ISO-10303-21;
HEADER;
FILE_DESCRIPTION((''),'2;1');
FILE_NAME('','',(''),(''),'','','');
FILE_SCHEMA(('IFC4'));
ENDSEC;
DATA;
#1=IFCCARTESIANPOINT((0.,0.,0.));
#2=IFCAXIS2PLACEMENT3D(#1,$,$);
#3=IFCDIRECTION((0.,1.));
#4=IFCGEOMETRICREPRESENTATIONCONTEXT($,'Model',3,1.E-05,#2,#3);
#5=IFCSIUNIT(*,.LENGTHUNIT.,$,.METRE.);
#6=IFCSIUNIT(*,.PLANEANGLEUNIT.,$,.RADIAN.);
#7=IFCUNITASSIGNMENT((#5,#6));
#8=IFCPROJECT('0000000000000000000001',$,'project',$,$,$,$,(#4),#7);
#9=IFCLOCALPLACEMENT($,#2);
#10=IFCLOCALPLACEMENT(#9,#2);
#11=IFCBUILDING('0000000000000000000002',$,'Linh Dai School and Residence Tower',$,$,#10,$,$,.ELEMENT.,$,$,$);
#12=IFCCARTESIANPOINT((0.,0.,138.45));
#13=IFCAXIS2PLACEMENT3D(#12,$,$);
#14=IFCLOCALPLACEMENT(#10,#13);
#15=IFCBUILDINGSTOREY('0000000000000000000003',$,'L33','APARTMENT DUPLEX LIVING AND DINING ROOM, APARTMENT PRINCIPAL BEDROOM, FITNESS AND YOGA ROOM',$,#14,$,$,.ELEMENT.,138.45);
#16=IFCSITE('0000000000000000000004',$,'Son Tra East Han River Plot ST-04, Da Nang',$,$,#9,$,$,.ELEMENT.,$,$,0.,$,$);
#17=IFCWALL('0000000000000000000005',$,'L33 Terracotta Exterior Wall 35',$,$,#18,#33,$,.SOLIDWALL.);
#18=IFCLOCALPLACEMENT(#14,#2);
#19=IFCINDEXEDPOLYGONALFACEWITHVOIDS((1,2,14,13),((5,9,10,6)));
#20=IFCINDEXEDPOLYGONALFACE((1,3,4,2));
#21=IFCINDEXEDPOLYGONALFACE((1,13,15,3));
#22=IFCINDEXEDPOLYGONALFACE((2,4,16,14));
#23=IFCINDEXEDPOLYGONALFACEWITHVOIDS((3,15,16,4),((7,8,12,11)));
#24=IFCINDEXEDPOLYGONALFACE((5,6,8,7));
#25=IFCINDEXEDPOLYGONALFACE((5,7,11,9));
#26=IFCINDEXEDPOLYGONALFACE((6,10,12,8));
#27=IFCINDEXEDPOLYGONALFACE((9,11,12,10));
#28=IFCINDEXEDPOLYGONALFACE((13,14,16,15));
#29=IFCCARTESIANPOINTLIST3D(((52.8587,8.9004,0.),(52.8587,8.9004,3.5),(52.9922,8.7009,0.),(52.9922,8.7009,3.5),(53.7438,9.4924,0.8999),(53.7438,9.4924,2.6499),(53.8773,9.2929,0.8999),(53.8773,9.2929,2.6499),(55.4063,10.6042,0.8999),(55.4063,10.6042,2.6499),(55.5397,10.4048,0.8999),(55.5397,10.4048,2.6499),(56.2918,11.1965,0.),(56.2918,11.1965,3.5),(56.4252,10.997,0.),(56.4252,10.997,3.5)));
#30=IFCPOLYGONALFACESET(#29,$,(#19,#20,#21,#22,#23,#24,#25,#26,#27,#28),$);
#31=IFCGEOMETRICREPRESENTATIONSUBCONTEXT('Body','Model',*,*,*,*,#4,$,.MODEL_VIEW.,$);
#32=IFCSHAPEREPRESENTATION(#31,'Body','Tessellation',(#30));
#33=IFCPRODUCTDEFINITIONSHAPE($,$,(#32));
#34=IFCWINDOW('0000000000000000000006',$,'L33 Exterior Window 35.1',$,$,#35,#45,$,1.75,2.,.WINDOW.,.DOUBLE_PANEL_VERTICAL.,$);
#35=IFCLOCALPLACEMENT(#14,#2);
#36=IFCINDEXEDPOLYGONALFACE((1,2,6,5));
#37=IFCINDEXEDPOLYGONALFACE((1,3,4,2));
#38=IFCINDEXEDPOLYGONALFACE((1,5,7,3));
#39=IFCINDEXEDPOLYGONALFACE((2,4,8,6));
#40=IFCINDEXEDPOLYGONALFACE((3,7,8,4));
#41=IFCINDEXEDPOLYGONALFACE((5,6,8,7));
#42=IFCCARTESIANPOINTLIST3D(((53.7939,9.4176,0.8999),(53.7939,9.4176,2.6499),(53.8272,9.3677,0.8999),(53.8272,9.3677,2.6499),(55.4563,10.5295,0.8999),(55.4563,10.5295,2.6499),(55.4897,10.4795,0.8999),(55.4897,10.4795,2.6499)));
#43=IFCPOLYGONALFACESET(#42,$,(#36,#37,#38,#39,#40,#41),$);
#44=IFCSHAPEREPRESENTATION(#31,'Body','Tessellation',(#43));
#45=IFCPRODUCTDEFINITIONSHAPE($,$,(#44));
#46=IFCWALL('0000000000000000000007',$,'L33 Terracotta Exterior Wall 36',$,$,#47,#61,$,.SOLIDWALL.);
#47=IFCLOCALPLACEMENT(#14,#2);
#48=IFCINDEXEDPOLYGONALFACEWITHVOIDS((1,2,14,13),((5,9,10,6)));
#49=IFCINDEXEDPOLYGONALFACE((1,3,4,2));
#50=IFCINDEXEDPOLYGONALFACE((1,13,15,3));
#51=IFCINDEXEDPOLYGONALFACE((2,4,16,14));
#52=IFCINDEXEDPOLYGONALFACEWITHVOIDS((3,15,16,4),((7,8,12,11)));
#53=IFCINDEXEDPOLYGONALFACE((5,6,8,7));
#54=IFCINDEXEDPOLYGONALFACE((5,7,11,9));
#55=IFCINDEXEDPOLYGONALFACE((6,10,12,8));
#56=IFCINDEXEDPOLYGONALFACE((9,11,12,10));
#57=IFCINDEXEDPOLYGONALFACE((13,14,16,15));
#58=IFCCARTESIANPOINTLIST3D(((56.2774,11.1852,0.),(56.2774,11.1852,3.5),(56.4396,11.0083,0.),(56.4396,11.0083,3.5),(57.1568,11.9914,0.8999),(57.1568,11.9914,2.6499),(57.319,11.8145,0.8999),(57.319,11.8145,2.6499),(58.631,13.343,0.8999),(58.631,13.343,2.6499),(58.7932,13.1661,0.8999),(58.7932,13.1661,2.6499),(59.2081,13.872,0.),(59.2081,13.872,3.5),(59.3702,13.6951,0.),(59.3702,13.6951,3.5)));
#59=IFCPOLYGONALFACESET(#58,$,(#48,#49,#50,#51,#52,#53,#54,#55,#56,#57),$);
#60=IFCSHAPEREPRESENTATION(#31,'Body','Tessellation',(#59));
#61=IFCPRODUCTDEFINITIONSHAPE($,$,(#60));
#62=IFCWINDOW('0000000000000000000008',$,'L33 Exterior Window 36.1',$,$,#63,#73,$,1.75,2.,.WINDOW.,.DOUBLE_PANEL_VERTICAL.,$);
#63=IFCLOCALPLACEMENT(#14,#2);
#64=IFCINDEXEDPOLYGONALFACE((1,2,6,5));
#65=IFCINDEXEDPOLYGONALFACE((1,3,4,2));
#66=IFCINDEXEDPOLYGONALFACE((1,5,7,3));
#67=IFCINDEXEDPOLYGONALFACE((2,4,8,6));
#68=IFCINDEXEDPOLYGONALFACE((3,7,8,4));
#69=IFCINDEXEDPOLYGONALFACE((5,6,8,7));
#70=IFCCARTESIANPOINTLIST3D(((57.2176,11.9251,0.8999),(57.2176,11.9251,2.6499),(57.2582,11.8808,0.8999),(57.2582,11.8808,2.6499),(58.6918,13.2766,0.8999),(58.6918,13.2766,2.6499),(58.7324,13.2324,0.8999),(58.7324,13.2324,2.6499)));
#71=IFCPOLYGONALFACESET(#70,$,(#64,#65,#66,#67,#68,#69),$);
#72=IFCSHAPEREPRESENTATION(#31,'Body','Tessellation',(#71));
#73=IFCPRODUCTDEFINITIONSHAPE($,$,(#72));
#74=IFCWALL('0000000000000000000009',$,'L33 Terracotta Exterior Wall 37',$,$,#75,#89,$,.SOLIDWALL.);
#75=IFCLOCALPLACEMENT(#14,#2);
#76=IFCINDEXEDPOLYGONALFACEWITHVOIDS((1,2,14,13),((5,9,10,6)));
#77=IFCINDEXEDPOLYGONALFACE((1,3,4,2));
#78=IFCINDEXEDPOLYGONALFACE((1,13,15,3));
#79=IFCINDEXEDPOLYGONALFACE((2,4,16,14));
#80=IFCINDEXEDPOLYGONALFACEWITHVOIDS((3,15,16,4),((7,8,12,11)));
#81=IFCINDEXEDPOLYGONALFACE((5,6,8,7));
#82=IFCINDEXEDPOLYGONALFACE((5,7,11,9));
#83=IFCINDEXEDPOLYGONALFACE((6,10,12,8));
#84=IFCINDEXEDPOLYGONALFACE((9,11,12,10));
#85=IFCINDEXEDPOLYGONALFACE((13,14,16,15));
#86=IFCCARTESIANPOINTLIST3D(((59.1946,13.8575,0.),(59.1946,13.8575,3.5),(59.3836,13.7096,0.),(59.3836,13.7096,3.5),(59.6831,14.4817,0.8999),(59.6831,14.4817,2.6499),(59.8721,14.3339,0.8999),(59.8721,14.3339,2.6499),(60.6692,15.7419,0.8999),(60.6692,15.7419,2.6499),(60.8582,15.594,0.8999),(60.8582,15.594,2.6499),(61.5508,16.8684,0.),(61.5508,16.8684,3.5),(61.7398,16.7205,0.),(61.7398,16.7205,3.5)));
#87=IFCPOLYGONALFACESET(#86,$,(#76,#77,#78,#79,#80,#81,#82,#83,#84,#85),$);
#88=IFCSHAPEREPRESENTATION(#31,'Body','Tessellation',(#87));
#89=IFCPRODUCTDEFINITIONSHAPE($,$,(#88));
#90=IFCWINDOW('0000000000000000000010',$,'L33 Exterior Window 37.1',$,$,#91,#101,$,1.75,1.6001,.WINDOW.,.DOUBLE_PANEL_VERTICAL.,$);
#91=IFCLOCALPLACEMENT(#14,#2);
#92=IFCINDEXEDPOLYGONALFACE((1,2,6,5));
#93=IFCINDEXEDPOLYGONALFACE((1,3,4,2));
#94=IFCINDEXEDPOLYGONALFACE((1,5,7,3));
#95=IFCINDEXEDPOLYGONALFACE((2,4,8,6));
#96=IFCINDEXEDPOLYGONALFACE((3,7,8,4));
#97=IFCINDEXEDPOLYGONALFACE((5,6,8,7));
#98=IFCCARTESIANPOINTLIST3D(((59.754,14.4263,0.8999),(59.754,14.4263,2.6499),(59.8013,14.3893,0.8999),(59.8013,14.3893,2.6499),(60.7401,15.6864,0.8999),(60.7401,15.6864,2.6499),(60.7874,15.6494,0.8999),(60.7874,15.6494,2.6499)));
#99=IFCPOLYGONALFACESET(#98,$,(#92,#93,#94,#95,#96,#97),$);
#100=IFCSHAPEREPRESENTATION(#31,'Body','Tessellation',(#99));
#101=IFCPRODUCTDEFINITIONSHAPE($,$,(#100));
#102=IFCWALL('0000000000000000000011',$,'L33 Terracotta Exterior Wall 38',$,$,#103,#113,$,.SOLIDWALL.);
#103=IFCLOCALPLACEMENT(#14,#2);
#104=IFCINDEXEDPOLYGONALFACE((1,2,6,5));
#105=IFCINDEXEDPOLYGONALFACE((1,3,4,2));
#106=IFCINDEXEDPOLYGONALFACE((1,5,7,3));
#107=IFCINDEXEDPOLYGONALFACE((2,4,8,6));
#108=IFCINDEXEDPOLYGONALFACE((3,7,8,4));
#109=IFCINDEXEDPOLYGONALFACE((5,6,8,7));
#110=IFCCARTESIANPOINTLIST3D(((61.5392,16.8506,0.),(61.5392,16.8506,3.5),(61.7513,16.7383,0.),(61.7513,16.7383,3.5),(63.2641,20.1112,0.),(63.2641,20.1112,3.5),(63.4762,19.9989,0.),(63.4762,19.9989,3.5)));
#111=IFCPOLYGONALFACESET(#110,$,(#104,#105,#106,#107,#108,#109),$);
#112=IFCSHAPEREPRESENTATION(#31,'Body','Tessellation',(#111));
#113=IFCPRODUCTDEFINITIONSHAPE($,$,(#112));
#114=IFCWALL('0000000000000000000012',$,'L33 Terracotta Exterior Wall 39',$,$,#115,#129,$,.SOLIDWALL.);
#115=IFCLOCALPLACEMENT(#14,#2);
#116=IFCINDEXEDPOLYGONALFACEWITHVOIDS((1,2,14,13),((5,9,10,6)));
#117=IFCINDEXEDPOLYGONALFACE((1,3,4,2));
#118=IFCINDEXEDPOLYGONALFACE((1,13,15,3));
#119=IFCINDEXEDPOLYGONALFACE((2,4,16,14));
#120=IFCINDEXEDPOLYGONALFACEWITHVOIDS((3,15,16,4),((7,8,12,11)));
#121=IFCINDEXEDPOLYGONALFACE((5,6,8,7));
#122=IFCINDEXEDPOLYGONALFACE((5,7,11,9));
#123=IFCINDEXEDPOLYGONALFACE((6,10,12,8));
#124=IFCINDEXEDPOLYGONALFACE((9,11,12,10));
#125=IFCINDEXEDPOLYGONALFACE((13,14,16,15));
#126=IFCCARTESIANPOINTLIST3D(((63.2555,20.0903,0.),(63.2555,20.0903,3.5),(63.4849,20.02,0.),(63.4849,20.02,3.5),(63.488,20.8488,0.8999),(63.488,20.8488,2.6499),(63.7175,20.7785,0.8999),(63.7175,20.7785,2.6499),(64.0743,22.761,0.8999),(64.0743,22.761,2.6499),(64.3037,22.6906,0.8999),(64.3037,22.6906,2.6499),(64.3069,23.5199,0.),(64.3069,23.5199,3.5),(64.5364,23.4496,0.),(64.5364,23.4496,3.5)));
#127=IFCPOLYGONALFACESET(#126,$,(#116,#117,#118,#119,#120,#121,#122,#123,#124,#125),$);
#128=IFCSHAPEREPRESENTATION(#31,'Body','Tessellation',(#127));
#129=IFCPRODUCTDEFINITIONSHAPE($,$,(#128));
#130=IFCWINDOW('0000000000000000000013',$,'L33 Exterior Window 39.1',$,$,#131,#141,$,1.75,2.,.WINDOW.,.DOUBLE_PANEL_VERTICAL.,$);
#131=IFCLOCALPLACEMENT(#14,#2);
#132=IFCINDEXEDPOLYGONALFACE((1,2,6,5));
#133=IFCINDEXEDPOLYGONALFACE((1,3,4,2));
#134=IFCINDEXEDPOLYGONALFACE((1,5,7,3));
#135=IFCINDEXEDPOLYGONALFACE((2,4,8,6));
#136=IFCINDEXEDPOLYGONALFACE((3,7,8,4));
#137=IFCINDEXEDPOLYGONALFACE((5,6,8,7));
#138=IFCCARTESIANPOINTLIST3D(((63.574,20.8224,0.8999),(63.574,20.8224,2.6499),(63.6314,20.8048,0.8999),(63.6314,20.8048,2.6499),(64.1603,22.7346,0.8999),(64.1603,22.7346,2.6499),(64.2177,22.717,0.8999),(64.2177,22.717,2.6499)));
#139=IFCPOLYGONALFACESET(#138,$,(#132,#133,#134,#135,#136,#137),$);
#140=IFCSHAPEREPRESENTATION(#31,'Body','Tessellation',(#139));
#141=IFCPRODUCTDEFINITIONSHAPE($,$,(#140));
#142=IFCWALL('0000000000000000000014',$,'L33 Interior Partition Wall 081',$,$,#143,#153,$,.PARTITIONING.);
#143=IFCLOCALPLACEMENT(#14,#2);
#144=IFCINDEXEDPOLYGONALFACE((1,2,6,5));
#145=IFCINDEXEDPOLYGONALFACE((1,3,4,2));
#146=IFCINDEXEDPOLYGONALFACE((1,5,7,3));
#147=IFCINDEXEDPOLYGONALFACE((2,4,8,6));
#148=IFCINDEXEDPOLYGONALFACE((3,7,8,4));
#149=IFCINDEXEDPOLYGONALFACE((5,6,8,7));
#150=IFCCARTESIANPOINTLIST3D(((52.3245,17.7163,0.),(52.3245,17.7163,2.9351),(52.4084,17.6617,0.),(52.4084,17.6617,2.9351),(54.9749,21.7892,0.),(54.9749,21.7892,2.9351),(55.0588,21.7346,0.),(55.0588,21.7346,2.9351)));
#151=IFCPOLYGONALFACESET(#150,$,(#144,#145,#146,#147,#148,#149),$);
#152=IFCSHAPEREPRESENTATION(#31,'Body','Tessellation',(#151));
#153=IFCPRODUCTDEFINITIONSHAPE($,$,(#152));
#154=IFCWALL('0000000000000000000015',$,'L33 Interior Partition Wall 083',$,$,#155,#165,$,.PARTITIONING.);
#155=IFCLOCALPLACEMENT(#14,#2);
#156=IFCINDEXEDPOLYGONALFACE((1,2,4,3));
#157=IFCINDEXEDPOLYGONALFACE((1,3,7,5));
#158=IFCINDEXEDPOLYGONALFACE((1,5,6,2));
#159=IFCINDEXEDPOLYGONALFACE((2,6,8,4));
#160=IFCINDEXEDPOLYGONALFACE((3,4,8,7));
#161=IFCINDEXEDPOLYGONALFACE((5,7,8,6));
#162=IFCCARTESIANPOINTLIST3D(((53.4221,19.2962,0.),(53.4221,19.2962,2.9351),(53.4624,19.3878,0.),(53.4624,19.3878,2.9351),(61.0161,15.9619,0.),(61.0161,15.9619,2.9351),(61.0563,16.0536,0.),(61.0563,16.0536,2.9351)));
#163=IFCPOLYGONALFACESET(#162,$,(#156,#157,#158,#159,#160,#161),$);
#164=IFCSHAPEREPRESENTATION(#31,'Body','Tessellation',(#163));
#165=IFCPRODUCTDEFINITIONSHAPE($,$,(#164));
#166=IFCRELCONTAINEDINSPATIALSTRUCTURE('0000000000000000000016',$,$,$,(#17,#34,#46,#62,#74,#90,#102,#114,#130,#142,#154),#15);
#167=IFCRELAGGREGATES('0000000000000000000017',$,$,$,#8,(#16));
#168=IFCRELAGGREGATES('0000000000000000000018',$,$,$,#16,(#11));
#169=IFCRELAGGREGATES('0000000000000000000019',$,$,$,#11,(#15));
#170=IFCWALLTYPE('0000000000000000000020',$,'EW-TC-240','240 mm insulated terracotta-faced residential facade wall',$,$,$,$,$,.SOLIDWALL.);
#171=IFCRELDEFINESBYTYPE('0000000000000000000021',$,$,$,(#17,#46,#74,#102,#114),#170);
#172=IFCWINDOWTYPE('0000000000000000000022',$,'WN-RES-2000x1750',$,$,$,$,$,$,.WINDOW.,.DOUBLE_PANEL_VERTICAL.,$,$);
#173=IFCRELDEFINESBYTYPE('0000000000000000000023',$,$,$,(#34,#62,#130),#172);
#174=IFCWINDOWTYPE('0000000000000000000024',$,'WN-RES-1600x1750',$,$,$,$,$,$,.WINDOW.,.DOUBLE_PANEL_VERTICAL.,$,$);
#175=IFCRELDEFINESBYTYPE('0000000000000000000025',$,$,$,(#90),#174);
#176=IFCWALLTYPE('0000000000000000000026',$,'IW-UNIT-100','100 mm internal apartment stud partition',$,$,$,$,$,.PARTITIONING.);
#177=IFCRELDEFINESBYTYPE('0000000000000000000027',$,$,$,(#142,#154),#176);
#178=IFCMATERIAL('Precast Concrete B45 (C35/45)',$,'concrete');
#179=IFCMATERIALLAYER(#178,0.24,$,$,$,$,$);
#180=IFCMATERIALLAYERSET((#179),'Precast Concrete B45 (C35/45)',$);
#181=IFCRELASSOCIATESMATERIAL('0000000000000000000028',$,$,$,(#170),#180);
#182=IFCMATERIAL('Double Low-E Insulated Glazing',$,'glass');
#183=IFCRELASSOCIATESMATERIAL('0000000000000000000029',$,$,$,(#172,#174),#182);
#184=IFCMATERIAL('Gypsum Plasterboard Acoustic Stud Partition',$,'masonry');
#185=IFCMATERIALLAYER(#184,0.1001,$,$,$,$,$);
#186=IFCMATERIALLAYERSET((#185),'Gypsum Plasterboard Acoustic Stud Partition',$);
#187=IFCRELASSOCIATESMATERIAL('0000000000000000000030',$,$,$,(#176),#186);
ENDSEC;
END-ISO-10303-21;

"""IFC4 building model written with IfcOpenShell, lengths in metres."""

from ifc_helpers import new_model, si_unit, direction, frame, frame_2d, origin, origin_2d, place, context, subcontext, project, spatial, rectangle, extrude, source, transform, mapped, material, layer, layer_set, type_object, element, fill, save


model = new_model("IFC4")

# Units and contexts
model_context = context("Model", 3, precision=1e-05, world=origin(), true_north=direction((0.0, 1.0)))
body_context = subcontext(model_context, "Body", "Model", "MODEL_VIEW")
ifc_project = project(units=[si_unit("LENGTHUNIT", "METRE"), si_unit("PLANEANGLEUNIT", "RADIAN")], contexts=[model_context])

# Site, building, storey
site_placement = place(None, origin())
site = spatial("IfcSite", under=ifc_project, at=site_placement, Name="Son Tra East Han River Plot ST-04, Da Nang", CompositionType="ELEMENT", RefElevation=0.0)
building_placement = place(site_placement, origin())
building = spatial("IfcBuilding", under=site, at=building_placement, Name="Linh Dai School and Residence Tower", CompositionType="ELEMENT")
storey_placement = place(building_placement, frame((0.0, 0.0, 138.45)))
storey = spatial("IfcBuildingStorey", under=building, at=storey_placement, Name="L33", Description="APARTMENT DUPLEX LIVING AND DINING ROOM, APARTMENT PRINCIPAL BEDROOM, FITNESS AND YOGA ROOM", CompositionType="ELEMENT", Elevation=138.45)

# Shared definitions
ifc_material_1 = material(Name="Precast Concrete B45 (C35/45)", Category="concrete")

# Walls, openings, windows
ifc_layer_1 = layer(ifc_material_1, 0.24)
ifc_layer_set_1 = layer_set([ifc_layer_1], Name="Precast Concrete B45 (C35/45)")
wall_type_1 = type_object("IfcWallType", Name="EW-TC-240", Description="240 mm insulated terracotta-faced residential facade wall", PredefinedType="SOLIDWALL", material=ifc_layer_set_1)
ifc_material_2 = material(Name="Double Low-E Insulated Glazing", Category="glass")
window_type_1 = type_object("IfcWindowType", Name="WN-RES-2000x1750", PartitioningType="DOUBLE_PANEL_VERTICAL", PredefinedType="WINDOW", material=ifc_material_2)
shared_shape_1 = source(origin(), body_context, "Body", "SweptSolid", [
    extrude(rectangle(XDim=2.0, YDim=1.75, at=origin_2d()), frame((1.0, 0.03, 0.875), z_axis=(0.0, -1.0, 0.0), x_axis=(1.0, 0.0, 0.0)), (0.0, 0.0, 1.0), 0.0601),
])
wall_1_placement = place(storey_placement, frame((56.3584, 11.0967, 0.0), z_axis=(0.0, 0.0, 1.0), x_axis=(-0.831222, -0.555941, 0.0)))
wall_1 = element("IfcWall", 1, at=wall_1_placement, inside=storey, type_object=wall_type_1, Name="L33 Terracotta Exterior Wall 35", PredefinedType="SOLIDWALL", context=body_context, shape_type="SweptSolid", body=[
    extrude(rectangle(XDim=4.1301, YDim=0.24, at=frame_2d((2.0649, 0.0))), origin(), (0.0, 0.0, 1.0), 3.5),
])
opening_1_placement = place(wall_1_placement, frame((1.0652, 0.0, 0.8999)))
opening_1 = element("IfcOpeningElement", 2, at=opening_1_placement, cuts=wall_1, PredefinedType="OPENING", context=body_context, shape_type="SweptSolid", body=[
    extrude(rectangle(XDim=2.0, YDim=1.75, at=origin_2d()), frame((1.0, 0.1299, 0.875), z_axis=(0.0, -1.0, 0.0), x_axis=(1.0, 0.0, 0.0)), (0.0, 0.0, 1.0), 0.26),
])
window_1_placement = place(opening_1_placement, origin())
window_1 = element("IfcWindow", 3, at=window_1_placement, inside=storey, type_object=window_type_1, Name="L33 Exterior Window 35.1", OverallHeight=1.75, OverallWidth=2.0, PartitioningType="DOUBLE_PANEL_VERTICAL", PredefinedType="WINDOW", context=body_context, shape_type="MappedRepresentation", body=[
    mapped(shared_shape_1, transform((0.0, 0.0, 0.0), x_axis=(1.0, 0.0, 0.0), y_axis=(0.0, 1.0, 0.0), z_axis=(0.0, 0.0, 1.0), scale=1.0)),
])
fill(opening_1, window_1)
wall_2_placement = place(storey_placement, frame((59.2891, 13.7834, 0.0), z_axis=(0.0, 0.0, 1.0), x_axis=(-0.737113, -0.675769, 0.0)))
wall_2 = element("IfcWall", 4, at=wall_2_placement, inside=storey, type_object=wall_type_1, Name="L33 Terracotta Exterior Wall 36", PredefinedType="SOLIDWALL", context=body_context, shape_type="SweptSolid", body=[
    extrude(rectangle(XDim=3.9758, YDim=0.24, at=frame_2d((1.9878, 0.0))), origin(), (0.0, 0.0, 1.0), 3.5),
])
opening_2_placement = place(wall_2_placement, frame((0.7827, 0.0, 0.8999)))
opening_2 = element("IfcOpeningElement", 5, at=opening_2_placement, cuts=wall_2, PredefinedType="OPENING", context=body_context, shape_type="SweptSolid", body=[
    extrude(rectangle(XDim=2.0, YDim=1.75, at=origin_2d()), frame((1.0, 0.1299, 0.875), z_axis=(0.0, -1.0, 0.0), x_axis=(1.0, 0.0, 0.0)), (0.0, 0.0, 1.0), 0.26),
])
window_2_placement = place(opening_2_placement, origin())
window_2 = element("IfcWindow", 6, at=window_2_placement, inside=storey, type_object=window_type_1, Name="L33 Exterior Window 36.1", OverallHeight=1.75, OverallWidth=2.0, PartitioningType="DOUBLE_PANEL_VERTICAL", PredefinedType="WINDOW", context=body_context, shape_type="MappedRepresentation", body=[
    mapped(shared_shape_1, transform((0.0, 0.0, 0.0), x_axis=(1.0, 0.0, 0.0), y_axis=(0.0, 1.0, 0.0), z_axis=(0.0, 0.0, 1.0), scale=1.0)),
])
fill(opening_2, window_2)
wall_3_placement = place(storey_placement, frame((61.6453, 16.7944, 0.0), z_axis=(0.0, 0.0, 1.0), x_axis=(-0.616272, -0.787533, 0.0)))
wall_3 = element("IfcWall", 7, at=wall_3_placement, inside=storey, type_object=wall_type_1, Name="L33 Terracotta Exterior Wall 37", PredefinedType="SOLIDWALL", context=body_context, shape_type="SweptSolid", body=[
    extrude(rectangle(XDim=3.8232, YDim=0.24, at=frame_2d((1.9116, 0.0))), origin(), (0.0, 0.0, 1.0), 3.5),
])
opening_3_placement = place(wall_3_placement, frame((1.4304, 0.0, 0.8999)))
opening_3 = element("IfcOpeningElement", 8, at=opening_3_placement, cuts=wall_3, PredefinedType="OPENING", context=body_context, shape_type="SweptSolid", body=[
    extrude(rectangle(XDim=1.6001, YDim=1.75, at=origin_2d()), frame((0.8, 0.1299, 0.875), z_axis=(0.0, -1.0, 0.0), x_axis=(1.0, 0.0, 0.0)), (0.0, 0.0, 1.0), 0.26),
])
window_type_2 = type_object("IfcWindowType", Name="WN-RES-1600x1750", PartitioningType="DOUBLE_PANEL_VERTICAL", PredefinedType="WINDOW", material=ifc_material_2)
shared_shape_2 = source(origin(), body_context, "Body", "SweptSolid", [
    extrude(rectangle(XDim=1.6001, YDim=1.75, at=origin_2d()), frame((0.8, 0.03, 0.875), z_axis=(0.0, -1.0, 0.0), x_axis=(1.0, 0.0, 0.0)), (0.0, 0.0, 1.0), 0.0601),
])
window_3_placement = place(opening_3_placement, origin())
window_3 = element("IfcWindow", 9, at=window_3_placement, inside=storey, type_object=window_type_2, Name="L33 Exterior Window 37.1", OverallHeight=1.75, OverallWidth=1.6001, PartitioningType="DOUBLE_PANEL_VERTICAL", PredefinedType="WINDOW", context=body_context, shape_type="MappedRepresentation", body=[
    mapped(shared_shape_2, transform((0.0, 0.0, 0.0), x_axis=(1.0, 0.0, 0.0), y_axis=(0.0, 1.0, 0.0), z_axis=(0.0, 0.0, 1.0), scale=1.0)),
])
fill(opening_3, window_3)

# Wall
wall_4_placement = place(storey_placement, frame((63.3701, 20.0549, 0.0), z_axis=(0.0, 0.0, 1.0), x_axis=(-0.467614, -0.883933, 0.0)))
element("IfcWall", 10, at=wall_4_placement, inside=storey, type_object=wall_type_1, Name="L33 Terracotta Exterior Wall 38", PredefinedType="SOLIDWALL", context=body_context, shape_type="SweptSolid", body=[
    extrude(rectangle(XDim=3.6887, YDim=0.24, at=frame_2d((1.8442, 0.0))), origin(), (0.0, 0.0, 1.0), 3.5),
])

# Wall, opening, window
wall_5_placement = place(storey_placement, frame((64.4216, 23.4846, 0.0), z_axis=(0.0, 0.0, 1.0), x_axis=(-0.293124, -0.956074, 0.0)))
wall_5 = element("IfcWall", 11, at=wall_5_placement, inside=storey, type_object=wall_type_1, Name="L33 Terracotta Exterior Wall 39", PredefinedType="SOLIDWALL", context=body_context, shape_type="SweptSolid", body=[
    extrude(rectangle(XDim=3.5872, YDim=0.24, at=frame_2d((1.7935, 0.0))), origin(), (0.0, 0.0, 1.0), 3.5),
])
opening_4_placement = place(wall_5_placement, frame((0.7937, 0.0, 0.8999)))
opening_4 = element("IfcOpeningElement", 12, at=opening_4_placement, cuts=wall_5, PredefinedType="OPENING", context=body_context, shape_type="SweptSolid", body=[
    extrude(rectangle(XDim=2.0, YDim=1.75, at=origin_2d()), frame((1.0, 0.1299, 0.875), z_axis=(0.0, -1.0, 0.0), x_axis=(1.0, 0.0, 0.0)), (0.0, 0.0, 1.0), 0.26),
])
window_4_placement = place(opening_4_placement, origin())
window_4 = element("IfcWindow", 13, at=window_4_placement, inside=storey, type_object=window_type_1, Name="L33 Exterior Window 39.1", OverallHeight=1.75, OverallWidth=2.0, PartitioningType="DOUBLE_PANEL_VERTICAL", PredefinedType="WINDOW", context=body_context, shape_type="MappedRepresentation", body=[
    mapped(shared_shape_1, transform((0.0, 0.0, 0.0), x_axis=(1.0, 0.0, 0.0), y_axis=(0.0, 1.0, 0.0), z_axis=(0.0, 0.0, 1.0), scale=1.0)),
])
fill(opening_4, window_4)

# Walls
ifc_material_3 = material(Name="Gypsum Plasterboard Acoustic Stud Partition", Category="masonry")
ifc_layer_2 = layer(ifc_material_3, 0.1001)
ifc_layer_set_2 = layer_set([ifc_layer_2], Name="Gypsum Plasterboard Acoustic Stud Partition")
wall_type_2 = type_object("IfcWallType", Name="IW-UNIT-100", Description="100 mm internal apartment stud partition", PredefinedType="PARTITIONING", material=ifc_layer_set_2)
wall_6_placement = place(storey_placement, frame((52.3665, 17.689, 0.0), z_axis=(0.0, 0.0, 1.0), x_axis=(0.545414, 0.838167, 0.0)))
element("IfcWall", 14, at=wall_6_placement, inside=storey, type_object=wall_type_2, Name="L33 Interior Partition Wall 081", PredefinedType="PARTITIONING", context=body_context, shape_type="SweptSolid", body=[
    extrude(rectangle(XDim=4.8594, YDim=0.1001, at=frame_2d((2.4297, 0.0))), origin(), (0.0, 0.0, 1.0), 2.9351),
])
wall_7_placement = place(storey_placement, frame((53.4421, 19.342, 0.0), z_axis=(0.0, 0.0, 1.0), x_axis=(0.915632, -0.402018, 0.0)))
element("IfcWall", 15, at=wall_7_placement, inside=storey, type_object=wall_type_2, Name="L33 Interior Partition Wall 083", PredefinedType="PARTITIONING", context=body_context, shape_type="SweptSolid", body=[
    extrude(rectangle(XDim=8.2937, YDim=0.1001, at=frame_2d((4.147, 0.0))), origin(), (0.0, 0.0, 1.0), 2.9351),
])

save(model, "model.ifc")
